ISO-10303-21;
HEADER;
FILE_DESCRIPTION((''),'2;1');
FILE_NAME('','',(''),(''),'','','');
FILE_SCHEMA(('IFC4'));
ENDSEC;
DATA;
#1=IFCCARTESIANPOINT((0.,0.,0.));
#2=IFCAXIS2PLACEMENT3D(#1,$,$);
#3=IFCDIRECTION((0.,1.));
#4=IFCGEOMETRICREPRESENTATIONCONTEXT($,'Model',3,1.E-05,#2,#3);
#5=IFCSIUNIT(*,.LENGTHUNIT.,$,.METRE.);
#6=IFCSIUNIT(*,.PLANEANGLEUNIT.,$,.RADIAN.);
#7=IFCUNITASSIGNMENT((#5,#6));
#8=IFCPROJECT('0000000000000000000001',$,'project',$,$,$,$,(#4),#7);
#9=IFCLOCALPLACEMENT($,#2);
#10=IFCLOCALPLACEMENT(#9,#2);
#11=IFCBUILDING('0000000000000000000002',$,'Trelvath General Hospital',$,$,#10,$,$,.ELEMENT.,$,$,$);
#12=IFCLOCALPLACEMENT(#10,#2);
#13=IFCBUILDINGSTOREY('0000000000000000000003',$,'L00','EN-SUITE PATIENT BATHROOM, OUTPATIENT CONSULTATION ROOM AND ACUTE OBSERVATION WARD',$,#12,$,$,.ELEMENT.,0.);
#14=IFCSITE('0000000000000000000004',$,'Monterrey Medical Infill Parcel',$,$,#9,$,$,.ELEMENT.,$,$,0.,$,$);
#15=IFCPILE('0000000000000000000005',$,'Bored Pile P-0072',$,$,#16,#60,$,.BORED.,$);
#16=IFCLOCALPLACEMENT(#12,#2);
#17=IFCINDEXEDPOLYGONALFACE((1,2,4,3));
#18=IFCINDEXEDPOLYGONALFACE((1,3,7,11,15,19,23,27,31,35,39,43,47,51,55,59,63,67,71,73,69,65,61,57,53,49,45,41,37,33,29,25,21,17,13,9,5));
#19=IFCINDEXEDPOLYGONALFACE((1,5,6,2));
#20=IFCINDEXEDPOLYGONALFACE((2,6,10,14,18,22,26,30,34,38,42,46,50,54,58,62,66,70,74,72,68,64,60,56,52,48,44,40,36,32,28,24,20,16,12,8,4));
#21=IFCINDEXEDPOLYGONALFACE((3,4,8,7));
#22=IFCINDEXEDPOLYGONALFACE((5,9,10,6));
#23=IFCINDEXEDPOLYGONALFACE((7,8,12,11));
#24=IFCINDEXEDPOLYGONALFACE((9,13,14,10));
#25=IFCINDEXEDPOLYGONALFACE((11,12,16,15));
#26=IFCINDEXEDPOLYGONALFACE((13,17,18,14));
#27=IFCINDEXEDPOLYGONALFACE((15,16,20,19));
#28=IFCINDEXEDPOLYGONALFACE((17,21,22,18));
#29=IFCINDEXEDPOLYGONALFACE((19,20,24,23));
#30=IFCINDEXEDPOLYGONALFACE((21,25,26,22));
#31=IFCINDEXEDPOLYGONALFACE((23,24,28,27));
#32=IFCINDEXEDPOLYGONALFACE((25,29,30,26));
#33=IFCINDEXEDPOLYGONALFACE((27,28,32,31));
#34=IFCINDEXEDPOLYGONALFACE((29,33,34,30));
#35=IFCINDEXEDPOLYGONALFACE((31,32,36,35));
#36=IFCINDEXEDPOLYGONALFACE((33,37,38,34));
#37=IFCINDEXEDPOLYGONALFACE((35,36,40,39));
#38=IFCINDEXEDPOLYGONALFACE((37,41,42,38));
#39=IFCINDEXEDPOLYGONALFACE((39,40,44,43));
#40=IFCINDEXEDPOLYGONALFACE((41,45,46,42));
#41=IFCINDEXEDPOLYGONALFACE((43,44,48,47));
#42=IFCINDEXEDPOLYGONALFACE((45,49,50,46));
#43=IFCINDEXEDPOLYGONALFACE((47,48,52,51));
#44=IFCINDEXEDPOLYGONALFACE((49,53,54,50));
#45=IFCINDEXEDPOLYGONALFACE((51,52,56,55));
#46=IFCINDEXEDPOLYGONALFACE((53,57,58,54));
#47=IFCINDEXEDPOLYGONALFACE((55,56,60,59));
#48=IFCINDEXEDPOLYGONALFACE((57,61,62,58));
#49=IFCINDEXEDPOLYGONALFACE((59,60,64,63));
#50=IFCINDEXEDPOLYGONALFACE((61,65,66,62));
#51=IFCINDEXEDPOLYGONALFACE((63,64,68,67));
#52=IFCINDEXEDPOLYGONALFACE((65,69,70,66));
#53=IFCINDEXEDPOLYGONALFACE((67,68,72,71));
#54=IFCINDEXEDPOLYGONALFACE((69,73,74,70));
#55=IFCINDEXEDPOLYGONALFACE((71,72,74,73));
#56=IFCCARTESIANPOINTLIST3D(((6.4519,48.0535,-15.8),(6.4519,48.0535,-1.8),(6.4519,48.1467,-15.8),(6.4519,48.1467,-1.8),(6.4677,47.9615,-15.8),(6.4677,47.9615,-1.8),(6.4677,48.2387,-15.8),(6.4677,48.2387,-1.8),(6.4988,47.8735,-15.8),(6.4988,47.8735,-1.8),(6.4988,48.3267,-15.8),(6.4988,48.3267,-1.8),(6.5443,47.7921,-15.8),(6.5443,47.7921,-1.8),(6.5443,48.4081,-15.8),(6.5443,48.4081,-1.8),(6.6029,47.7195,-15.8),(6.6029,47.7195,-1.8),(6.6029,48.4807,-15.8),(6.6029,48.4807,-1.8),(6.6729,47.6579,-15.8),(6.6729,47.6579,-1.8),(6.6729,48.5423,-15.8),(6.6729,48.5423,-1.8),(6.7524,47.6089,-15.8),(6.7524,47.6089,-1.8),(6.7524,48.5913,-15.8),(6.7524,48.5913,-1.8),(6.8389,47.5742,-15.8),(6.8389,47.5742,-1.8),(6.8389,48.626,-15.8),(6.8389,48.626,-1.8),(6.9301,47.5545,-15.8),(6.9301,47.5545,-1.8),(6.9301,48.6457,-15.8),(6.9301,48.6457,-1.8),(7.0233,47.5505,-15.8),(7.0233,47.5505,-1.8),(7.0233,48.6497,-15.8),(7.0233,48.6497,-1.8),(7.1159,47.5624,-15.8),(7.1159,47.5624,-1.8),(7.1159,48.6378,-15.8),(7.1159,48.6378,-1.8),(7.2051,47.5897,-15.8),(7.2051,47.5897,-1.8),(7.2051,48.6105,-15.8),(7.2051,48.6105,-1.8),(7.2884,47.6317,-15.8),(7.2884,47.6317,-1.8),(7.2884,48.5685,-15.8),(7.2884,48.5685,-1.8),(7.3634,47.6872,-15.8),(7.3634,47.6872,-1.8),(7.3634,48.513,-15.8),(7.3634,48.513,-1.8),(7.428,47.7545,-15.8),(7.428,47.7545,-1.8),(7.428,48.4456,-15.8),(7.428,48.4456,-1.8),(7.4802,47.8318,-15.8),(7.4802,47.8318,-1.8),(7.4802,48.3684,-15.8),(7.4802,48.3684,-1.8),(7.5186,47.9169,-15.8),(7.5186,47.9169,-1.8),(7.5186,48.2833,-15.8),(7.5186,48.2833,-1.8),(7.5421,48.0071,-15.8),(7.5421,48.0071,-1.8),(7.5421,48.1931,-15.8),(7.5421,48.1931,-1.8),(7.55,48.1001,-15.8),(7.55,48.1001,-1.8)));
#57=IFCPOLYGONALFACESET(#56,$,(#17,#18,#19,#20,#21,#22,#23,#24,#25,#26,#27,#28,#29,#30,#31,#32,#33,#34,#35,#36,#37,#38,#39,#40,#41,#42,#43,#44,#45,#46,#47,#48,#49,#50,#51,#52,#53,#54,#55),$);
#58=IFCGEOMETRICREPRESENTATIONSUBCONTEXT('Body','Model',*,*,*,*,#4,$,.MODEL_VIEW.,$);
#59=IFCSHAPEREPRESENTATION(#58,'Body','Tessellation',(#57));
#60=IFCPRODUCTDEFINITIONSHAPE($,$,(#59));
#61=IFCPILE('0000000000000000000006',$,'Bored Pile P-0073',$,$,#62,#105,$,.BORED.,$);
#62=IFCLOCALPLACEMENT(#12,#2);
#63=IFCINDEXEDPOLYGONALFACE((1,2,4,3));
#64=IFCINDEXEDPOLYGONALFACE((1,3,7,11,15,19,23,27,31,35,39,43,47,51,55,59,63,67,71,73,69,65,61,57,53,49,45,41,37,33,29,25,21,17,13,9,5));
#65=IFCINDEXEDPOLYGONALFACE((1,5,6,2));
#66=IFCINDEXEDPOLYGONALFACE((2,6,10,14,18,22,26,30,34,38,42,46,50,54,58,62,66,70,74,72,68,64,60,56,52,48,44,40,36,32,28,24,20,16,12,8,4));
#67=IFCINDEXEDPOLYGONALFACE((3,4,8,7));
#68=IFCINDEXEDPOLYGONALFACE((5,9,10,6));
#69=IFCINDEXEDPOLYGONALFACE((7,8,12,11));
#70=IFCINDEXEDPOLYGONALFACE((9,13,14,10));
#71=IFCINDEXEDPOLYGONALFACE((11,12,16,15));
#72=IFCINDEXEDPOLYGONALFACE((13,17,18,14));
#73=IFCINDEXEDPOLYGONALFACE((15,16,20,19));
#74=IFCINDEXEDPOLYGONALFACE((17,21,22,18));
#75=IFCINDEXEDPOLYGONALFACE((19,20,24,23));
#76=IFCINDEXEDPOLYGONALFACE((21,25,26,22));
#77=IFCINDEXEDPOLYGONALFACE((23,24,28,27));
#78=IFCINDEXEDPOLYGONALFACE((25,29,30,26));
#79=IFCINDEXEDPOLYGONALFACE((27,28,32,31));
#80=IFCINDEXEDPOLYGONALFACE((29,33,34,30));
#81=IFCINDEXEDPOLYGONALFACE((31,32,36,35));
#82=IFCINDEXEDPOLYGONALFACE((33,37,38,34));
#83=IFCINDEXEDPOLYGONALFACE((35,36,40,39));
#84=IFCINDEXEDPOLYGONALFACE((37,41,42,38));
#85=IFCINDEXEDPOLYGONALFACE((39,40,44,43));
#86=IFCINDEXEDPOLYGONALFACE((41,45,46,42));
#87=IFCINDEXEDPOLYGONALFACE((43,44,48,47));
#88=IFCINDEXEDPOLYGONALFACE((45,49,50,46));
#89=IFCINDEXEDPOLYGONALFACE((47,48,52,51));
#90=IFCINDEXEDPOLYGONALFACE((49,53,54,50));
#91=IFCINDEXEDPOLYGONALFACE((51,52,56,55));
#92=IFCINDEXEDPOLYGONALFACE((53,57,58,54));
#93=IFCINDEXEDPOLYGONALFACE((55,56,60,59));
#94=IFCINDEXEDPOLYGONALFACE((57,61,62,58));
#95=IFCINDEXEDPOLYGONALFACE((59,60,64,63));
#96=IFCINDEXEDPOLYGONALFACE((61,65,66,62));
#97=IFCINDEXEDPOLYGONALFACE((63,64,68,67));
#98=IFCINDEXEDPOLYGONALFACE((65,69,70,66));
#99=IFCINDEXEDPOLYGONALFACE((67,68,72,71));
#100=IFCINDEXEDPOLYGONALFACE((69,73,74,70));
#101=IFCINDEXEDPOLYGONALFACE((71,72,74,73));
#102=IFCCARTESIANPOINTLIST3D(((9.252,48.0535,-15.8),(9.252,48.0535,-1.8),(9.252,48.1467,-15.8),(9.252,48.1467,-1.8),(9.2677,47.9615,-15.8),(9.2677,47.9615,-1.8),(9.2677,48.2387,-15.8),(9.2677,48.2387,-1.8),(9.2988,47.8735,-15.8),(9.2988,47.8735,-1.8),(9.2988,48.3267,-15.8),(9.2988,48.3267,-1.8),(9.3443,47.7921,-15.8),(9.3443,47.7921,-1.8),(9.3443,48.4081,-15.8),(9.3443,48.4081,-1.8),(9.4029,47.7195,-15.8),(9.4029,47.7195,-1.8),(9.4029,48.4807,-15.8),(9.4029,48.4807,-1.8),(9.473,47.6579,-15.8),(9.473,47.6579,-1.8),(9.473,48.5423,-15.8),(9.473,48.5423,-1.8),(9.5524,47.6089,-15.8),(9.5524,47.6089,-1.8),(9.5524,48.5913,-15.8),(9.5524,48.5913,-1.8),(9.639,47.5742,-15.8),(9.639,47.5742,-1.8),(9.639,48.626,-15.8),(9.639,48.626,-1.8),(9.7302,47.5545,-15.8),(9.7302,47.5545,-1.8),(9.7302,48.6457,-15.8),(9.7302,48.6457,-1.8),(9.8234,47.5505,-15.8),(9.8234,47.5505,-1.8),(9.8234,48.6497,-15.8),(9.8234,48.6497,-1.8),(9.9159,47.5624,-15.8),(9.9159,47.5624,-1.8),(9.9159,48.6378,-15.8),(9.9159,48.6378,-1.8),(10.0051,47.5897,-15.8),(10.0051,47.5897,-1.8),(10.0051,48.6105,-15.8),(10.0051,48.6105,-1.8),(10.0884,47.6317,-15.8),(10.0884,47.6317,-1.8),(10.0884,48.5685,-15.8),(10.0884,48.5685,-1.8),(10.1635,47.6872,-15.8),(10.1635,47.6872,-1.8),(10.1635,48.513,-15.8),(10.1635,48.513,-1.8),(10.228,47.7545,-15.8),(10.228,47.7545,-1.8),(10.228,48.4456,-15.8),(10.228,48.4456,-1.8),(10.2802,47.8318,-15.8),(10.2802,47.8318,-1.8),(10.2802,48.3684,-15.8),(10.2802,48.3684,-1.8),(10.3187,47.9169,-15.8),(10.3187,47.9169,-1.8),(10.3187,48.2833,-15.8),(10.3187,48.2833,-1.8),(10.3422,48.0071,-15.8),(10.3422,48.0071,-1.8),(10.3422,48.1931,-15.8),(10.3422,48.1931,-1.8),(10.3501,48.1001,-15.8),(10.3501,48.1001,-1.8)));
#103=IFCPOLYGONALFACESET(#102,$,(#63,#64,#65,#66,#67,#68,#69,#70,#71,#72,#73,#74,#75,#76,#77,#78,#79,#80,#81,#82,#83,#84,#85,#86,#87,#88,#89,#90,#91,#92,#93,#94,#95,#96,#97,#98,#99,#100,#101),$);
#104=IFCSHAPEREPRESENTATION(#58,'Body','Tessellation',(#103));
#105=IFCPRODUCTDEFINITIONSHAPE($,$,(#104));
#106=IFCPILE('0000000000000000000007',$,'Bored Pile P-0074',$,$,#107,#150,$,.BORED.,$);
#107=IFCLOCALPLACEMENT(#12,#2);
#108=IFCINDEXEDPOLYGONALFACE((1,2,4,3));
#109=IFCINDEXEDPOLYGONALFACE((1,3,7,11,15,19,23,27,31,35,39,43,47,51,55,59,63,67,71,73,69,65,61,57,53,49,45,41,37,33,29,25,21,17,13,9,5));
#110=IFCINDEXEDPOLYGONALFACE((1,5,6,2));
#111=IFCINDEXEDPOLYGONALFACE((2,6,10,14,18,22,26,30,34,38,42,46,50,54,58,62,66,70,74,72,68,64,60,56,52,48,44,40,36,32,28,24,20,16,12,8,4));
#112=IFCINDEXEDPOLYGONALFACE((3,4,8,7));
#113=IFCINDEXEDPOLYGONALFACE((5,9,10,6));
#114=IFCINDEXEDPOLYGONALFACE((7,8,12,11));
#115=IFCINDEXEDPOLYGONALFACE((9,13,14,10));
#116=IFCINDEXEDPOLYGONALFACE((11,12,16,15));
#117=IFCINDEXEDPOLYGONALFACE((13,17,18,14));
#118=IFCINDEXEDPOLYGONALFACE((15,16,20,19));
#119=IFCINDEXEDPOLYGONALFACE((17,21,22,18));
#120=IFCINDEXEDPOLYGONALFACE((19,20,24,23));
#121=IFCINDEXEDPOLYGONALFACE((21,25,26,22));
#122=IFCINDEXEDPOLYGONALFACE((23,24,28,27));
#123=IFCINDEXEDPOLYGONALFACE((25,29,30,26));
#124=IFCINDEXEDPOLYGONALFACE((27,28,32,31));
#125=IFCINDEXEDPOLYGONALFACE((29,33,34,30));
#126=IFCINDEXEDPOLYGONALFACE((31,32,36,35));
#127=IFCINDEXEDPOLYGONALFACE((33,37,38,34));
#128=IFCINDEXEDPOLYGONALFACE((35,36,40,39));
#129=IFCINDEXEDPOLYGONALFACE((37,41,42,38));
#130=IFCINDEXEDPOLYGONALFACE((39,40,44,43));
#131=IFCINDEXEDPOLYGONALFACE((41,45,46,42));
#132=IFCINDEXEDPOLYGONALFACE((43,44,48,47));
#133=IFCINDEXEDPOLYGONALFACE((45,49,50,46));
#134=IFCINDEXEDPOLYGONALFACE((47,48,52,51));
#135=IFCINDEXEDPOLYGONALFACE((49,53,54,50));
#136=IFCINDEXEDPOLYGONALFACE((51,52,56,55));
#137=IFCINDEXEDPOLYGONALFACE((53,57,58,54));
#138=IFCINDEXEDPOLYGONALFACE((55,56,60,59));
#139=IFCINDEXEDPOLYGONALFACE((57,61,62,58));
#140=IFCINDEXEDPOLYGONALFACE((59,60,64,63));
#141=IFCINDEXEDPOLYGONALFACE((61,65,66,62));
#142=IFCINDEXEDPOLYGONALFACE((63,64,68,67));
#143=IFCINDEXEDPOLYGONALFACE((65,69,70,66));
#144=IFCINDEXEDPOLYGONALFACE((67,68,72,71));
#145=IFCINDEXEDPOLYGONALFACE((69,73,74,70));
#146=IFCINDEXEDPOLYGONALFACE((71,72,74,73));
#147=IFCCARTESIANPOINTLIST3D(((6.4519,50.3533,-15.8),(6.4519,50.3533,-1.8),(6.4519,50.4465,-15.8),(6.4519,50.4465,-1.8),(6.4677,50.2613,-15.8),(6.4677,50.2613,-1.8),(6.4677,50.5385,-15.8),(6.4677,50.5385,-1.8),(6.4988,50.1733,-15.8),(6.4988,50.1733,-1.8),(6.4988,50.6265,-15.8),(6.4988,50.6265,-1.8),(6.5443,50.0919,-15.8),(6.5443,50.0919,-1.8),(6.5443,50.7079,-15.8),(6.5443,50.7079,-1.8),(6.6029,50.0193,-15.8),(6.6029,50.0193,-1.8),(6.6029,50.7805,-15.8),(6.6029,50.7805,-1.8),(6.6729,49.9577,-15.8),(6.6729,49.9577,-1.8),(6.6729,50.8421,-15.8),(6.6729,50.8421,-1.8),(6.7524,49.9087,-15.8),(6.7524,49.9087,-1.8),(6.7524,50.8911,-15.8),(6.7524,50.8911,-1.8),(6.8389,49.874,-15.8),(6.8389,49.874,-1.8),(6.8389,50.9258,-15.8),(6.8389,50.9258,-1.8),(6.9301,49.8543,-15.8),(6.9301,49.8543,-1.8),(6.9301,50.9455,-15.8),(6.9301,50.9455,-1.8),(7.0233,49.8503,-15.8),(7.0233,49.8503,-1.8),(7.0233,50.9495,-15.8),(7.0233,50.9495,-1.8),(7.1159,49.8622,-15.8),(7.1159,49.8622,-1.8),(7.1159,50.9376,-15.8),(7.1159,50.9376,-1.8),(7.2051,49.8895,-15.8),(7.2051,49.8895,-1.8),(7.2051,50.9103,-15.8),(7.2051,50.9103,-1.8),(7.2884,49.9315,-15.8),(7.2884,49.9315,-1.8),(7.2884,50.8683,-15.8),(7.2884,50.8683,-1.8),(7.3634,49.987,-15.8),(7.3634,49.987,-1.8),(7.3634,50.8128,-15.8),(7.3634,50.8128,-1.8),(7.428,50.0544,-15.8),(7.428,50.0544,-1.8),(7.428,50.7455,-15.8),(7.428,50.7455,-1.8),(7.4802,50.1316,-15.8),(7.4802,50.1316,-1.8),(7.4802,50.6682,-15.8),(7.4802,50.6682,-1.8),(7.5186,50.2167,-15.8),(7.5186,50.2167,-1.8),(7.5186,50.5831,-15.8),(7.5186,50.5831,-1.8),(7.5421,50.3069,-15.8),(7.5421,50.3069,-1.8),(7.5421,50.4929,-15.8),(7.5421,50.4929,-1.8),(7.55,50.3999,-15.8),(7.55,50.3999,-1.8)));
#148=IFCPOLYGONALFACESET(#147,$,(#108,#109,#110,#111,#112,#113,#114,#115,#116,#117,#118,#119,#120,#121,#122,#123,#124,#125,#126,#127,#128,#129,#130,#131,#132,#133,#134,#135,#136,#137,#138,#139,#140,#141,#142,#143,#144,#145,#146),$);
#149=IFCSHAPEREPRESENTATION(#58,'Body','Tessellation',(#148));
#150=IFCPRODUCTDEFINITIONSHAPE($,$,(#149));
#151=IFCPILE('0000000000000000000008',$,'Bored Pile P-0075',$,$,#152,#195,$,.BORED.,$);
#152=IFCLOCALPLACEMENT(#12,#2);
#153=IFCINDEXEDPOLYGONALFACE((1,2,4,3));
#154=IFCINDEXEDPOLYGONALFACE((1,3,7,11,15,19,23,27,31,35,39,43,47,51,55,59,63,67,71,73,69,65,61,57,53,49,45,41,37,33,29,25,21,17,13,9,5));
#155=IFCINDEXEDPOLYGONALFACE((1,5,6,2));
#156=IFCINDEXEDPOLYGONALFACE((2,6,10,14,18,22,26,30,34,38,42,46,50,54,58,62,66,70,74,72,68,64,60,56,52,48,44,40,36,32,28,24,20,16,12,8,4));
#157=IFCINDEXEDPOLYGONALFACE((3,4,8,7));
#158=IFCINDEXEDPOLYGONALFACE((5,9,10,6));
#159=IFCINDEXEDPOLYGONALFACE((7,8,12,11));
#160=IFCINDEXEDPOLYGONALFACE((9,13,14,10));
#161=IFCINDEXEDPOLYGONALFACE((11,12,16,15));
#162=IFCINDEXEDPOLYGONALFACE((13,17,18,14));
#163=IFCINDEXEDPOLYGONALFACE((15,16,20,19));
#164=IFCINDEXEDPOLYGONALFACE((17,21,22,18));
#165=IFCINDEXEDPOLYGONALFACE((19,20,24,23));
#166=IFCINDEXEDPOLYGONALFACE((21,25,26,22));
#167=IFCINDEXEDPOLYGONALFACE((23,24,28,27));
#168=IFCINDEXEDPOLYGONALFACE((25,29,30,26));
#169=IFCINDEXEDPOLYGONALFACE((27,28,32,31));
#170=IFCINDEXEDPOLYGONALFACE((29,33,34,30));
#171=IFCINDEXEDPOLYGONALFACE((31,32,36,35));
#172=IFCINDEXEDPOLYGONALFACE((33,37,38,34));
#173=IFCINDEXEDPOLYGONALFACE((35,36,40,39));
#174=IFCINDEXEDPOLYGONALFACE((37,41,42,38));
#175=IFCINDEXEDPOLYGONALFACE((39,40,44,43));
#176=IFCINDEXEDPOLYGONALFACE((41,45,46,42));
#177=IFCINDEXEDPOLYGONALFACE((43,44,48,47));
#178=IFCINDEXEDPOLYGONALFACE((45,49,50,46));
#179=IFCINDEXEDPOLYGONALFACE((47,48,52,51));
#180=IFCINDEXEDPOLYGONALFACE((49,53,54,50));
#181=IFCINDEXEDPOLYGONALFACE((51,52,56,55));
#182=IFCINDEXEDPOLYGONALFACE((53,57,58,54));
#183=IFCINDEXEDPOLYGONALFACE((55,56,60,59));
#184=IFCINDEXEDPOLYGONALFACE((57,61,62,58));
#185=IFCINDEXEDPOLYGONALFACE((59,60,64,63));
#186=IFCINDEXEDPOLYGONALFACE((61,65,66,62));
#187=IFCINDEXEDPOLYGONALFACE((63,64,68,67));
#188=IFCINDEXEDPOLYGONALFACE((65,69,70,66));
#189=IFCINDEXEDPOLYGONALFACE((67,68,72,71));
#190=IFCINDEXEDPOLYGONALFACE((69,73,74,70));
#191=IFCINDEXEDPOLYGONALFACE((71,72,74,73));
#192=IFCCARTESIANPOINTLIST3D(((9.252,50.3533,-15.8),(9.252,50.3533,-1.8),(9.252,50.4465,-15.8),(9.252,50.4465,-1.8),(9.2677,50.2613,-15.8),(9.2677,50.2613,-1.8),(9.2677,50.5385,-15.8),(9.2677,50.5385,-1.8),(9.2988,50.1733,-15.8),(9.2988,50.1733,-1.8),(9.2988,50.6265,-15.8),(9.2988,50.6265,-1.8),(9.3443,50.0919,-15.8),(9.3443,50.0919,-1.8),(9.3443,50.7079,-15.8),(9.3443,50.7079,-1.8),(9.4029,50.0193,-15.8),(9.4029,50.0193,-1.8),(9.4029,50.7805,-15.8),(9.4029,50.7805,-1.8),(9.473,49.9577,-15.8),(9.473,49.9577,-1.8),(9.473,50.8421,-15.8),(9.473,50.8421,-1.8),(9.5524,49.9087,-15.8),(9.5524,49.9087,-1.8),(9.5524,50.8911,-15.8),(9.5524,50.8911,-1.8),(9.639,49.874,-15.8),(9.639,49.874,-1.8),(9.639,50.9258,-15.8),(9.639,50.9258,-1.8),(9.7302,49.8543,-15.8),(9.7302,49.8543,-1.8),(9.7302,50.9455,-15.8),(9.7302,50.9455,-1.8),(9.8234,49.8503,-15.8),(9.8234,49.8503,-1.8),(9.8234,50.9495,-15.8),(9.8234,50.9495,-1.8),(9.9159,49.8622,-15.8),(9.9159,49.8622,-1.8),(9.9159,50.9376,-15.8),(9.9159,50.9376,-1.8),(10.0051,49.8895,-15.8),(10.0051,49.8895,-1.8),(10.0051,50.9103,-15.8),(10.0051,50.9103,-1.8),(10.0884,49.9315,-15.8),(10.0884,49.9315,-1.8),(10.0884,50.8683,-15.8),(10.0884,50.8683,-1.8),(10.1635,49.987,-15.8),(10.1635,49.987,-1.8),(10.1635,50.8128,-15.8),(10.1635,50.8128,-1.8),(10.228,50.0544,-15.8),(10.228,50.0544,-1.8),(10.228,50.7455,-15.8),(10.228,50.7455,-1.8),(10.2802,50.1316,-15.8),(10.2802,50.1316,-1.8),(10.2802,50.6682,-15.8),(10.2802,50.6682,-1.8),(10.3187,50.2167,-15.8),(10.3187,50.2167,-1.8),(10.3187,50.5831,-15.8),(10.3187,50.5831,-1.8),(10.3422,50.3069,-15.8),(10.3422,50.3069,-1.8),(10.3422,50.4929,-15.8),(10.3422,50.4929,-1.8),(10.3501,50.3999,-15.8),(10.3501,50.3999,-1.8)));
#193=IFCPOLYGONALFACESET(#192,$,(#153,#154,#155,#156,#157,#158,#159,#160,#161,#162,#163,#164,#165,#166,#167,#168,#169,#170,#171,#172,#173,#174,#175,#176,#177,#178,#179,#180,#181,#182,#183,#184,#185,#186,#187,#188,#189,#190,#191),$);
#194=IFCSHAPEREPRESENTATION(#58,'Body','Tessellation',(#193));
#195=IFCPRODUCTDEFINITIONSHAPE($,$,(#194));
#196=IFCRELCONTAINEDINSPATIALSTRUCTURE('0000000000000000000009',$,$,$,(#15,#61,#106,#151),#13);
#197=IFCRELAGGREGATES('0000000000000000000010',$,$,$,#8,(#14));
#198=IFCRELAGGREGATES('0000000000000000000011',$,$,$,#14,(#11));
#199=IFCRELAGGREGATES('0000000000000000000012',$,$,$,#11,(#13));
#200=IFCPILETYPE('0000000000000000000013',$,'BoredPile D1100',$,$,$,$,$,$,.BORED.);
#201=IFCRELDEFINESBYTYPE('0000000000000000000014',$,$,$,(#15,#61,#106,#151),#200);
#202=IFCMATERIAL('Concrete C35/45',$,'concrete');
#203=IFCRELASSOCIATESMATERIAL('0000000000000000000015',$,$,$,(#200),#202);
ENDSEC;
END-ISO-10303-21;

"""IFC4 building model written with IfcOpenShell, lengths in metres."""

from ifc_helpers import new_model, si_unit, direction, frame, origin, origin_2d, place, context, subcontext, project, spatial, circle, extrude, material, material_profile, profile_set, type_object, element, save


model = new_model("IFC4")

# Units and contexts
model_context = context("Model", 3, precision=1e-05, world=origin(), true_north=direction((0.0, 1.0)))
body_context = subcontext(model_context, "Body", "Model", "MODEL_VIEW")
ifc_project = project(units=[si_unit("LENGTHUNIT", "METRE"), si_unit("PLANEANGLEUNIT", "RADIAN")], contexts=[model_context])

# Site, building, storey
site_placement = place(None, origin())
site = spatial("IfcSite", under=ifc_project, at=site_placement, Name="Monterrey Medical Infill Parcel", CompositionType="ELEMENT", RefElevation=0.0)
building_placement = place(site_placement, origin())
building = spatial("IfcBuilding", under=site, at=building_placement, Name="Trelvath General Hospital", CompositionType="ELEMENT")
storey_placement = place(building_placement, origin())
storey = spatial("IfcBuildingStorey", under=building, at=storey_placement, Name="L00", Description="EN-SUITE PATIENT BATHROOM, OUTPATIENT CONSULTATION ROOM AND ACUTE OBSERVATION WARD", CompositionType="ELEMENT", Elevation=0.0)

# Piles
ifc_material_1 = material(Name="Concrete C35/45", Category="concrete")
ifc_material_profile_1 = material_profile(ifc_material_1, circle(Radius=0.55, at=origin_2d()), Name="PILE1100")
ifc_profile_set_1 = profile_set([ifc_material_profile_1], Name="Concrete C35/45")
pile_type_1 = type_object("IfcPileType", Name="BoredPile D1100", PredefinedType="BORED", material=ifc_profile_set_1)
for number, where, z_axis, x_axis, name in (
    (1, (7.0, 48.1001, -1.8), (0.0, 0.0, -1.0), (1.0, 0.0, 0.0), "Bored Pile P-0072"),
    (2, (9.8, 48.1001, -1.8), (0.0, 0.0, -1.0), (1.0, 0.0, 0.0), "Bored Pile P-0073"),
    (3, (7.0, 50.3999, -1.8), (0.0, 0.0, -1.0), (1.0, 0.0, 0.0), "Bored Pile P-0074"),
    (4, (9.8, 50.3999, -1.8), (0.0, 0.0, -1.0), (1.0, 0.0, 0.0), "Bored Pile P-0075"),
):
    element("IfcPile", number, at=place(storey_placement, frame(where, z_axis=z_axis, x_axis=x_axis)), inside=storey, type_object=pile_type_1, Name=name, PredefinedType="BORED", context=body_context, shape_type="SweptSolid", body=[
        extrude(circle(Radius=0.55, at=origin_2d()), origin(), (0.0, 0.0, 1.0), 14.0),
    ])

save(model, "model.ifc")
